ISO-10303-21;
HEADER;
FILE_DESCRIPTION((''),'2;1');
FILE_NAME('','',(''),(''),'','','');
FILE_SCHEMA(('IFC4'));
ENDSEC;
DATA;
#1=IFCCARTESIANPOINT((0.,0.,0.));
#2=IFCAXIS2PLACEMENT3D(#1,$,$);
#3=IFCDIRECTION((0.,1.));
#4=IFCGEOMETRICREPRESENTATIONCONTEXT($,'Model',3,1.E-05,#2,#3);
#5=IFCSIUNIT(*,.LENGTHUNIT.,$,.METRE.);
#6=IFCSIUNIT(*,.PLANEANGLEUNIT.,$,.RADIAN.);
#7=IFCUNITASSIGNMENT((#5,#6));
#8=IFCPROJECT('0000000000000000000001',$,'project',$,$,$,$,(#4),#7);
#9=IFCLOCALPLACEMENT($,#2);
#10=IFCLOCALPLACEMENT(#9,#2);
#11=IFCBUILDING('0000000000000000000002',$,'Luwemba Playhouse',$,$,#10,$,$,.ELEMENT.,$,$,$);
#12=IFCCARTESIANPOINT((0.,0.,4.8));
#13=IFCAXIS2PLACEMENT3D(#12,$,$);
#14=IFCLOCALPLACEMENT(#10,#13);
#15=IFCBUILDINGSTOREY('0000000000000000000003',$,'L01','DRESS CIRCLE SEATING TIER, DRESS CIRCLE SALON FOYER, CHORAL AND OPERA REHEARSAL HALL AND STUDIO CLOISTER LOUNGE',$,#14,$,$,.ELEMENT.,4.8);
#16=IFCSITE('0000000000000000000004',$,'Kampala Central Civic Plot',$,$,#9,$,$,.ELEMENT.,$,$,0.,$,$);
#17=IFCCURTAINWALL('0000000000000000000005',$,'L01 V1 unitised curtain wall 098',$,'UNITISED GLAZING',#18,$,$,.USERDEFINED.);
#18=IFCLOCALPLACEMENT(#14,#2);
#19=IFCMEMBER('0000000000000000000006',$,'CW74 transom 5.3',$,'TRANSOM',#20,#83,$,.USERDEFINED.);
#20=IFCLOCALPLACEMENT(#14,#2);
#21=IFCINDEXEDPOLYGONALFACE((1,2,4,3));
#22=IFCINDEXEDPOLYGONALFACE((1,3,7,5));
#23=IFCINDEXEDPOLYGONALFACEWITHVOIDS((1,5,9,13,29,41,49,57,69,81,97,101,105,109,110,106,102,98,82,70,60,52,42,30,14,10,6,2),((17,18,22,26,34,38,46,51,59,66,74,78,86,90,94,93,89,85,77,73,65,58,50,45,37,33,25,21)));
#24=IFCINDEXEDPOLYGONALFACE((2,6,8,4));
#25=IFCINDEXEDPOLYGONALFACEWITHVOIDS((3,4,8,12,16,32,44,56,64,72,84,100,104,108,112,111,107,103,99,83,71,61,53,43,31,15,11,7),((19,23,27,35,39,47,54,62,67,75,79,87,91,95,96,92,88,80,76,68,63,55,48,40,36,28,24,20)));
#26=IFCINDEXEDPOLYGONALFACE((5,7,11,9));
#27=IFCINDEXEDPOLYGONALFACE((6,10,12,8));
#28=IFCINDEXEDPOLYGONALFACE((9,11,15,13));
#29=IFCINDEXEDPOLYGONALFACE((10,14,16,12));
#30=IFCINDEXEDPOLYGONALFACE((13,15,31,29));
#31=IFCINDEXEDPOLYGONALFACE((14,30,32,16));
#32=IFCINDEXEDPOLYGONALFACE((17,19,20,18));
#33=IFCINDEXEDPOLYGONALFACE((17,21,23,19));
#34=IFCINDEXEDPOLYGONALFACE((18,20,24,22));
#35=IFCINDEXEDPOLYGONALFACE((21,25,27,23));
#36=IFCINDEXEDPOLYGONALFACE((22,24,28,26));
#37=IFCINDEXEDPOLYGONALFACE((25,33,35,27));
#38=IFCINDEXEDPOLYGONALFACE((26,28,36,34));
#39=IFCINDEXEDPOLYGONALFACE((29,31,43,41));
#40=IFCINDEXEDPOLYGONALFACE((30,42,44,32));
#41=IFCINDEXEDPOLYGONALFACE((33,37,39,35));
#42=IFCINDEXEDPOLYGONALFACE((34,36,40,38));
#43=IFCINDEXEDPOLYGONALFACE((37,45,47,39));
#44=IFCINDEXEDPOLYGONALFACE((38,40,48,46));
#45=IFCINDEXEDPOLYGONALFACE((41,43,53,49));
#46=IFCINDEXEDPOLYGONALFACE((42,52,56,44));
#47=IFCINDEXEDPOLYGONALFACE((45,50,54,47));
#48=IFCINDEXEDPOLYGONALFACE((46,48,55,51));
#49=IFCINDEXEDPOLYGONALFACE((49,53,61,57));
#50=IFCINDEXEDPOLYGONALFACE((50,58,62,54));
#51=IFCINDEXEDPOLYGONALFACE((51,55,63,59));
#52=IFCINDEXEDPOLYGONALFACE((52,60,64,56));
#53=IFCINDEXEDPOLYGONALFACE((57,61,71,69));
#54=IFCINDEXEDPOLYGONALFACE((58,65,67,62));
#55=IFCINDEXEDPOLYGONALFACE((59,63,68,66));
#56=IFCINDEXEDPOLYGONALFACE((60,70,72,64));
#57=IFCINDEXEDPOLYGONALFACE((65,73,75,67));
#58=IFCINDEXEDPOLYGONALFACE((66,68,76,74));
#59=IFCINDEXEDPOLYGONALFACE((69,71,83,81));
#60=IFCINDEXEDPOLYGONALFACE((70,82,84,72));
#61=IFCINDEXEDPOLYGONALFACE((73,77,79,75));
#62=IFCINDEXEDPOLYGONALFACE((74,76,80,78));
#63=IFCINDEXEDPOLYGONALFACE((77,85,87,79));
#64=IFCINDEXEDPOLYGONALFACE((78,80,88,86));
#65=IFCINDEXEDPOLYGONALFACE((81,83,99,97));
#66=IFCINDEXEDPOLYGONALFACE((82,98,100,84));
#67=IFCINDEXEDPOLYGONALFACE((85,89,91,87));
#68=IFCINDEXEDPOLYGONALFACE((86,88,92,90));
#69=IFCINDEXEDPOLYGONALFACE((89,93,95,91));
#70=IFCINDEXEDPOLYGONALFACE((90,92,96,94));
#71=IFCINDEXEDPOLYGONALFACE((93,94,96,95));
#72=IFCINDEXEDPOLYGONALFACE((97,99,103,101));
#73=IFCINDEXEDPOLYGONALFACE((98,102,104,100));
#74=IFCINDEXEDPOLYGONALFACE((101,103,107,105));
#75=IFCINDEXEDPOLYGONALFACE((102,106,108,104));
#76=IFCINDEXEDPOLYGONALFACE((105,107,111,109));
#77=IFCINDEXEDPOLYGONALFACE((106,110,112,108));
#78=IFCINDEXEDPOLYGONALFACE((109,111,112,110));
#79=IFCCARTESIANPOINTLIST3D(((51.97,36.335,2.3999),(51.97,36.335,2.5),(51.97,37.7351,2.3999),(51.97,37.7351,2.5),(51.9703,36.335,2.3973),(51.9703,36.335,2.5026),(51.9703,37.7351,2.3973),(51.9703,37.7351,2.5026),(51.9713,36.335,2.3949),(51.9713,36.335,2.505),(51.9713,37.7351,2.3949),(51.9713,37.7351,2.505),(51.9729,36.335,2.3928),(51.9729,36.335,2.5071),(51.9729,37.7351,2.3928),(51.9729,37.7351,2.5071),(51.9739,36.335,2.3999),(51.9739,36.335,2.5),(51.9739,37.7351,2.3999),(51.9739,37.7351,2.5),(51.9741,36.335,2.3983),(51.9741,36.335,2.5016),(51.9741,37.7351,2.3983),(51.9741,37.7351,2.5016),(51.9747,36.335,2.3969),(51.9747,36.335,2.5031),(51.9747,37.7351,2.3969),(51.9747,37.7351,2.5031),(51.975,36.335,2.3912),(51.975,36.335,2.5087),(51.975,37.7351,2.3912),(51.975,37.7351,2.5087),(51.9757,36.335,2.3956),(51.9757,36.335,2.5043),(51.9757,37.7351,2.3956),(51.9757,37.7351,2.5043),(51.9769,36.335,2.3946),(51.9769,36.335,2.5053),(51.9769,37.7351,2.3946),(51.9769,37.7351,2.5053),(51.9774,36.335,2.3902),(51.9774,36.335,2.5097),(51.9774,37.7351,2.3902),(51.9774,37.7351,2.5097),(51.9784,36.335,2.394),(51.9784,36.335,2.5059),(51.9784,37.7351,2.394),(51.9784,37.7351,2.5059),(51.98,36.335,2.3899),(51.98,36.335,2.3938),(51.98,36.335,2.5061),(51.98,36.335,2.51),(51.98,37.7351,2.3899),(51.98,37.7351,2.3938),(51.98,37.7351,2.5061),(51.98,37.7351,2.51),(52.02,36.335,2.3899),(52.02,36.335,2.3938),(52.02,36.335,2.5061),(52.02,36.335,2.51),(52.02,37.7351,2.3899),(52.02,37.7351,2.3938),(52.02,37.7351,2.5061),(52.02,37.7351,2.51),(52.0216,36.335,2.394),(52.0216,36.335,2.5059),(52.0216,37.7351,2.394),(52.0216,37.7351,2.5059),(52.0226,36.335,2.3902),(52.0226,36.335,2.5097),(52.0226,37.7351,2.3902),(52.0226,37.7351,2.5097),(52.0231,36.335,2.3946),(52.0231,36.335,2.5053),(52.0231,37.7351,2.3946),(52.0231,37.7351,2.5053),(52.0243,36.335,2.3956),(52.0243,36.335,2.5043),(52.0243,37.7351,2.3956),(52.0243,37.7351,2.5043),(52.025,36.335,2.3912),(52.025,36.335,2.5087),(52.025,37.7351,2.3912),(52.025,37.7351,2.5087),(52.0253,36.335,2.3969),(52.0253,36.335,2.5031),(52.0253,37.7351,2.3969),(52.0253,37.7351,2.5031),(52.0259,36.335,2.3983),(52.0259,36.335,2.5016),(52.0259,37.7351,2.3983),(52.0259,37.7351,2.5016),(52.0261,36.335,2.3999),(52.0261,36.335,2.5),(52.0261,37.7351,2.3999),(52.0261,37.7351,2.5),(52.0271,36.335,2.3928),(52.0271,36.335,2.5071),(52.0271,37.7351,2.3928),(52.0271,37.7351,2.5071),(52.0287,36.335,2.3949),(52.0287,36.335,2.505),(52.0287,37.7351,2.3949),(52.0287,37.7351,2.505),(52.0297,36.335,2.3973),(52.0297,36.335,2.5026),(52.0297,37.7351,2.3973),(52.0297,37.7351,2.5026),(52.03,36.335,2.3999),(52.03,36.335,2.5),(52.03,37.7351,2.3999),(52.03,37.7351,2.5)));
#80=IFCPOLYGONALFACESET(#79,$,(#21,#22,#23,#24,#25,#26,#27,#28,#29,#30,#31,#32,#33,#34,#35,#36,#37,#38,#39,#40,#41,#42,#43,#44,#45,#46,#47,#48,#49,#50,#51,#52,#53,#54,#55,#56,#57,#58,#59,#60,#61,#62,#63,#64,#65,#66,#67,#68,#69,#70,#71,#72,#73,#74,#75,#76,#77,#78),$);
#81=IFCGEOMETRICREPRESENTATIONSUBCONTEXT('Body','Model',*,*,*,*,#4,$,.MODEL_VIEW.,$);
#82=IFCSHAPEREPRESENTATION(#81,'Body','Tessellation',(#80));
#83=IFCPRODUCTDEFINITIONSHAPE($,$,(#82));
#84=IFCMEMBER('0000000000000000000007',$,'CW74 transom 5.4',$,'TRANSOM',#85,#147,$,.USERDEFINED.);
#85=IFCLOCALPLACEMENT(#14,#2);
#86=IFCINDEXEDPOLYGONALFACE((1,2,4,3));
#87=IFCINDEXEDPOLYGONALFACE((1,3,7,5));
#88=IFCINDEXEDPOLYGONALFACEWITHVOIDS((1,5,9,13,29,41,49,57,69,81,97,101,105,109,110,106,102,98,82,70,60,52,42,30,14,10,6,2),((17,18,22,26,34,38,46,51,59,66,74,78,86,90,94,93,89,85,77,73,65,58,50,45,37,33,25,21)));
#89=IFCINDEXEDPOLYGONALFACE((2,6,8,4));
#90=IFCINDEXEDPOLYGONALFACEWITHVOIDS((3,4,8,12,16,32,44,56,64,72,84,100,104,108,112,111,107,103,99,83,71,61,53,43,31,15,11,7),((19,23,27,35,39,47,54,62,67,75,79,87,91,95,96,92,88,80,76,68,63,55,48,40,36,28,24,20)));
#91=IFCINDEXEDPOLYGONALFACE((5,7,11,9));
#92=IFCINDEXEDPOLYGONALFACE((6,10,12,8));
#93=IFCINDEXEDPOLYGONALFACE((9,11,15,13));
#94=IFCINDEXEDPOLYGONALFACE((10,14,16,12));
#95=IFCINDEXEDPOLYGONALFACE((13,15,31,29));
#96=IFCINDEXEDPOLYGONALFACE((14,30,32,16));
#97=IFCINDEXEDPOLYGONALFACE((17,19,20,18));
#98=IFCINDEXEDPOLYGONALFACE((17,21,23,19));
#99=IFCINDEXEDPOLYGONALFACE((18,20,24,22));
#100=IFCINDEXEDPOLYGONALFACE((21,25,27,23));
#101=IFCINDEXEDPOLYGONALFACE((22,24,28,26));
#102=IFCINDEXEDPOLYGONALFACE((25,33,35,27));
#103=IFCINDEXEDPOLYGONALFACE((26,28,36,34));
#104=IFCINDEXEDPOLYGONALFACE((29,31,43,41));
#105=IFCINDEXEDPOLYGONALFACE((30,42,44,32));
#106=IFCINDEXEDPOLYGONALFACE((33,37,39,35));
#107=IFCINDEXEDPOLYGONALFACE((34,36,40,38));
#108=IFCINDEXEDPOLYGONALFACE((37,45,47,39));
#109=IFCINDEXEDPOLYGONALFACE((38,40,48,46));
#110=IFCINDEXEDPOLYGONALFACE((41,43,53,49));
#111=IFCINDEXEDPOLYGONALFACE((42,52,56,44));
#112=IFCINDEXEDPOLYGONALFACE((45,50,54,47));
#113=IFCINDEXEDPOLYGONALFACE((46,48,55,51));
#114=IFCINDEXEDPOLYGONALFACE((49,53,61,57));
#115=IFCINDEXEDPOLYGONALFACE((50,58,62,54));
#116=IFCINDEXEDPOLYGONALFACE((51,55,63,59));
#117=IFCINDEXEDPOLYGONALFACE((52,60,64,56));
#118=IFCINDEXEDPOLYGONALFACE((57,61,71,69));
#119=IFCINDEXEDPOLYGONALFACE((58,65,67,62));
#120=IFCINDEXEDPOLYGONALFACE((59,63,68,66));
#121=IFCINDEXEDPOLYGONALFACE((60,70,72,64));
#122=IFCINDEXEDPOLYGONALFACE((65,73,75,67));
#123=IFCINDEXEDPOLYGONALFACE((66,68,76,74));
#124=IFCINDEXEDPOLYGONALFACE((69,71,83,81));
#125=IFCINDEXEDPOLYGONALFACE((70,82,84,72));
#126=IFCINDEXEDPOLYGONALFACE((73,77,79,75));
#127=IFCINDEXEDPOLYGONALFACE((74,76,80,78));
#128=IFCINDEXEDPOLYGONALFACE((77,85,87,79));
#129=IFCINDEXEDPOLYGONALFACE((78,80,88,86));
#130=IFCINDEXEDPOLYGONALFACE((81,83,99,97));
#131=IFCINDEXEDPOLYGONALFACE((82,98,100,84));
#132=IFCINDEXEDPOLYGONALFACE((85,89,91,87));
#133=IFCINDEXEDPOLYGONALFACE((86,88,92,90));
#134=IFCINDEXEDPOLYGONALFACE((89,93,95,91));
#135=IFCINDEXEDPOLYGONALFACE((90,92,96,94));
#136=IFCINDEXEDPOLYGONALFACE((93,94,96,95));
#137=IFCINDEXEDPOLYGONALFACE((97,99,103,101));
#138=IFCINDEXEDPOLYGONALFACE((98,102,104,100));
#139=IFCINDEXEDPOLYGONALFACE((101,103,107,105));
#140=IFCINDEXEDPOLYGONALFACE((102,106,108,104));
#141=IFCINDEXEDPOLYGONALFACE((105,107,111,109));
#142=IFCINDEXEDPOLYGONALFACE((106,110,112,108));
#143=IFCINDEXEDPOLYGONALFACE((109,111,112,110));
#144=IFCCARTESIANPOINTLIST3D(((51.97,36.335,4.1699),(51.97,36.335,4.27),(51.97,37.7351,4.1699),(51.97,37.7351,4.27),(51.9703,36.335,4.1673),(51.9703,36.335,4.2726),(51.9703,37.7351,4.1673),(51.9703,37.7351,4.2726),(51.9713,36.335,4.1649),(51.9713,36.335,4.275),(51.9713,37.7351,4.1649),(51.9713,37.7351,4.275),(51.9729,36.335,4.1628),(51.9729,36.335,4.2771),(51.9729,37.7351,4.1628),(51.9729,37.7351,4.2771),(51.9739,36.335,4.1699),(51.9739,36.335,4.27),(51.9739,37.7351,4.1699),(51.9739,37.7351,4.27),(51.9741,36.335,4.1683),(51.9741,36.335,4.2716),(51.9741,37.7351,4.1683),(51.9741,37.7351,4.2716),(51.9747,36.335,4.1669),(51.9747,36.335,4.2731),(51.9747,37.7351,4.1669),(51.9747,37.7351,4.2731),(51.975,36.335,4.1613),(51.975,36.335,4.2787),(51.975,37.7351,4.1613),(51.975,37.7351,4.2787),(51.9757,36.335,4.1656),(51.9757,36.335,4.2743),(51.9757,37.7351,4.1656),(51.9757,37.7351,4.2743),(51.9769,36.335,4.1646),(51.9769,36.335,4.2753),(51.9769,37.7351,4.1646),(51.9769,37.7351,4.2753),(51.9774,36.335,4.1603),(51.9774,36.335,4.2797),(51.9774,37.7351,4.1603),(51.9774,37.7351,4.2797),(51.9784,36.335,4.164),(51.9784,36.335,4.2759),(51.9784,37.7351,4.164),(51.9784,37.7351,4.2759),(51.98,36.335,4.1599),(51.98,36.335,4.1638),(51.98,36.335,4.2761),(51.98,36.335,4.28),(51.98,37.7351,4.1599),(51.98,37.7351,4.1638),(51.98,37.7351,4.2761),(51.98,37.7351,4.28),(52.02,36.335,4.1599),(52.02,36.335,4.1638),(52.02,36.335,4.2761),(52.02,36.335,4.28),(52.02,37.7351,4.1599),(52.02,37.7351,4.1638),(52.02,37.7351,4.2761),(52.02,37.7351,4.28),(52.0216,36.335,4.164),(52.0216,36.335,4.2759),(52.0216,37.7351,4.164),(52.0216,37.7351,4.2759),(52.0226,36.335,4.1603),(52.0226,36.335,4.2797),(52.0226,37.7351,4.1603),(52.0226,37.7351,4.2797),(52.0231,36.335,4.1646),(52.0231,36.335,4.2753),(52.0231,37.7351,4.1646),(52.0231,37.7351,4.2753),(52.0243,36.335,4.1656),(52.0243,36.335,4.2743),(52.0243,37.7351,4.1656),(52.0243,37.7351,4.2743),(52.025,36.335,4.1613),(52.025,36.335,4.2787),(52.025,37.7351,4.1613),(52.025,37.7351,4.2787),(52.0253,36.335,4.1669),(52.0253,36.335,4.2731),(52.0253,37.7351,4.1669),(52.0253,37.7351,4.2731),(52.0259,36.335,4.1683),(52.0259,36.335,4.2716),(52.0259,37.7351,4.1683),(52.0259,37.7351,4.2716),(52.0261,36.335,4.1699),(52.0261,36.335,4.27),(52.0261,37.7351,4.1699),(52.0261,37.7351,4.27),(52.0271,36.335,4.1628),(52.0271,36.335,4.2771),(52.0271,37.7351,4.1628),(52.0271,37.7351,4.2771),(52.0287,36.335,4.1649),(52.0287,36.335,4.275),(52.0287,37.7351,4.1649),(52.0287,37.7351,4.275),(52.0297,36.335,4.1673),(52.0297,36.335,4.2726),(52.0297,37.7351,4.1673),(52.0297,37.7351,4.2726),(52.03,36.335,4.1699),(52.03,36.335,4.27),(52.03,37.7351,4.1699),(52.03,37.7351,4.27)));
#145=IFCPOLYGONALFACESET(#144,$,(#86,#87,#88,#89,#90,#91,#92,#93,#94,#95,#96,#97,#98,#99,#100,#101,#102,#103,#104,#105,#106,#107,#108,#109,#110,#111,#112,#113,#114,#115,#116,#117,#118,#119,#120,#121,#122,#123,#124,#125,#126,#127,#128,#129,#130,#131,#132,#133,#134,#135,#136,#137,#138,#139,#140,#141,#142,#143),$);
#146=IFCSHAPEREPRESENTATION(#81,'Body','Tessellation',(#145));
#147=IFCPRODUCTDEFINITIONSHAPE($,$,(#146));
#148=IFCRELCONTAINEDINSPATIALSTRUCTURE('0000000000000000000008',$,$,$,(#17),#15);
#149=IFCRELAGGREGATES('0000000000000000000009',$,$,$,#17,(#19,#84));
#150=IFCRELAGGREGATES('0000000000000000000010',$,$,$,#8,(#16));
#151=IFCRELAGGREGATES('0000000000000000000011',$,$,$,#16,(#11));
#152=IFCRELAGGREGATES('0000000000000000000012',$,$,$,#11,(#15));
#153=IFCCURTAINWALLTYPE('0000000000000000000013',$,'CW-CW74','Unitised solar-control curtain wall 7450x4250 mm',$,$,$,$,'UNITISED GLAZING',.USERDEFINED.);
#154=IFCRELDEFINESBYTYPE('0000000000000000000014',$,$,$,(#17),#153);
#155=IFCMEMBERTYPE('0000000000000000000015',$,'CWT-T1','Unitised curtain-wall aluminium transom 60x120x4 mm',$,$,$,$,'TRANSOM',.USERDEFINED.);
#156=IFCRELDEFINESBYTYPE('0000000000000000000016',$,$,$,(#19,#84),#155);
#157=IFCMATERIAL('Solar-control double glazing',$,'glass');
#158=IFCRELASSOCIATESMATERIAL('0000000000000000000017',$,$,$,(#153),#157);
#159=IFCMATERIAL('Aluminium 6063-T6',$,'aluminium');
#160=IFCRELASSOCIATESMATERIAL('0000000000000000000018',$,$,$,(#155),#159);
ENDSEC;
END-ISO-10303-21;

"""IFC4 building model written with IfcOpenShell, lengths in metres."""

from ifc_helpers import new_model, si_unit, direction, frame, origin, origin_2d, place, context, subcontext, project, spatial, hollow_rectangle, extrude, material, material_profile, profile_set, type_object, element, aggregate, save


model = new_model("IFC4")

# Units and contexts
model_context = context("Model", 3, precision=1e-05, world=origin(), true_north=direction((0.0, 1.0)))
body_context = subcontext(model_context, "Body", "Model", "MODEL_VIEW")
ifc_project = project(units=[si_unit("LENGTHUNIT", "METRE"), si_unit("PLANEANGLEUNIT", "RADIAN")], contexts=[model_context])

# Site, building, storey
site_placement = place(None, origin())
site = spatial("IfcSite", under=ifc_project, at=site_placement, Name="Kampala Central Civic Plot", CompositionType="ELEMENT", RefElevation=0.0)
building_placement = place(site_placement, origin())
building = spatial("IfcBuilding", under=site, at=building_placement, Name="Luwemba Playhouse", CompositionType="ELEMENT")
storey_placement = place(building_placement, frame((0.0, 0.0, 4.8)))
storey = spatial("IfcBuildingStorey", under=building, at=storey_placement, Name="L01", Description="DRESS CIRCLE SEATING TIER, DRESS CIRCLE SALON FOYER, CHORAL AND OPERA REHEARSAL HALL AND STUDIO CLOISTER LOUNGE", CompositionType="ELEMENT", Elevation=4.8)

# Curtain wall
ifc_material_1 = material(Name="Solar-control double glazing", Category="glass")
curtain_wall_type_1 = type_object("IfcCurtainWallType", Name="CW-CW74", Description="Unitised solar-control curtain wall 7450x4250 mm", ElementType="UNITISED GLAZING", PredefinedType="USERDEFINED", material=ifc_material_1)
curtain_wall_1_placement = place(storey_placement, origin())
curtain_wall_1 = element("IfcCurtainWall", 1, at=curtain_wall_1_placement, inside=storey, type_object=curtain_wall_type_1, Name="L01 V1 unitised curtain wall 098", ObjectType="UNITISED GLAZING", PredefinedType="USERDEFINED")
ifc_material_2 = material(Name="Aluminium 6063-T6", Category="aluminium")

# Members
ifc_material_profile_1 = material_profile(ifc_material_2, hollow_rectangle(XDim=0.0601, YDim=0.1201, WallThickness=0.0039, InnerFilletRadius=0.0061, OuterFilletRadius=0.01, at=origin_2d()))
ifc_profile_set_1 = profile_set([ifc_material_profile_1], Name="Aluminium 6063-T6")
member_type_1 = type_object("IfcMemberType", Name="CWT-T1", Description="Unitised curtain-wall aluminium transom 60x120x4 mm", ElementType="TRANSOM", PredefinedType="USERDEFINED", material=ifc_profile_set_1)
member_1_placement = place(storey_placement, frame((52.0, 37.7351, 2.45), z_axis=(0.0, -1.0, 0.0), x_axis=(1.0, 0.0, 0.0)))
member_1 = element("IfcMember", 2, at=member_1_placement, type_object=member_type_1, Name="CW74 transom 5.3", ObjectType="TRANSOM", PredefinedType="USERDEFINED", context=body_context, shape_type="SweptSolid", body=[
    extrude(hollow_rectangle(XDim=0.0601, YDim=0.1201, WallThickness=0.0039, InnerFilletRadius=0.0061, OuterFilletRadius=0.01, at=origin_2d()), origin(), (0.0, 0.0, 1.0), 1.4001),
])
member_2_placement = place(storey_placement, frame((52.0, 37.7351, 4.22), z_axis=(0.0, -1.0, 0.0), x_axis=(1.0, 0.0, 0.0)))
member_2 = element("IfcMember", 3, at=member_2_placement, type_object=member_type_1, Name="CW74 transom 5.4", ObjectType="TRANSOM", PredefinedType="USERDEFINED", context=body_context, shape_type="SweptSolid", body=[
    extrude(hollow_rectangle(XDim=0.0601, YDim=0.1201, WallThickness=0.0039, InnerFilletRadius=0.0061, OuterFilletRadius=0.01, at=origin_2d()), origin(), (0.0, 0.0, 1.0), 1.4001),
])

aggregate(curtain_wall_1, [member_1, member_2])

save(model, "model.ifc")
